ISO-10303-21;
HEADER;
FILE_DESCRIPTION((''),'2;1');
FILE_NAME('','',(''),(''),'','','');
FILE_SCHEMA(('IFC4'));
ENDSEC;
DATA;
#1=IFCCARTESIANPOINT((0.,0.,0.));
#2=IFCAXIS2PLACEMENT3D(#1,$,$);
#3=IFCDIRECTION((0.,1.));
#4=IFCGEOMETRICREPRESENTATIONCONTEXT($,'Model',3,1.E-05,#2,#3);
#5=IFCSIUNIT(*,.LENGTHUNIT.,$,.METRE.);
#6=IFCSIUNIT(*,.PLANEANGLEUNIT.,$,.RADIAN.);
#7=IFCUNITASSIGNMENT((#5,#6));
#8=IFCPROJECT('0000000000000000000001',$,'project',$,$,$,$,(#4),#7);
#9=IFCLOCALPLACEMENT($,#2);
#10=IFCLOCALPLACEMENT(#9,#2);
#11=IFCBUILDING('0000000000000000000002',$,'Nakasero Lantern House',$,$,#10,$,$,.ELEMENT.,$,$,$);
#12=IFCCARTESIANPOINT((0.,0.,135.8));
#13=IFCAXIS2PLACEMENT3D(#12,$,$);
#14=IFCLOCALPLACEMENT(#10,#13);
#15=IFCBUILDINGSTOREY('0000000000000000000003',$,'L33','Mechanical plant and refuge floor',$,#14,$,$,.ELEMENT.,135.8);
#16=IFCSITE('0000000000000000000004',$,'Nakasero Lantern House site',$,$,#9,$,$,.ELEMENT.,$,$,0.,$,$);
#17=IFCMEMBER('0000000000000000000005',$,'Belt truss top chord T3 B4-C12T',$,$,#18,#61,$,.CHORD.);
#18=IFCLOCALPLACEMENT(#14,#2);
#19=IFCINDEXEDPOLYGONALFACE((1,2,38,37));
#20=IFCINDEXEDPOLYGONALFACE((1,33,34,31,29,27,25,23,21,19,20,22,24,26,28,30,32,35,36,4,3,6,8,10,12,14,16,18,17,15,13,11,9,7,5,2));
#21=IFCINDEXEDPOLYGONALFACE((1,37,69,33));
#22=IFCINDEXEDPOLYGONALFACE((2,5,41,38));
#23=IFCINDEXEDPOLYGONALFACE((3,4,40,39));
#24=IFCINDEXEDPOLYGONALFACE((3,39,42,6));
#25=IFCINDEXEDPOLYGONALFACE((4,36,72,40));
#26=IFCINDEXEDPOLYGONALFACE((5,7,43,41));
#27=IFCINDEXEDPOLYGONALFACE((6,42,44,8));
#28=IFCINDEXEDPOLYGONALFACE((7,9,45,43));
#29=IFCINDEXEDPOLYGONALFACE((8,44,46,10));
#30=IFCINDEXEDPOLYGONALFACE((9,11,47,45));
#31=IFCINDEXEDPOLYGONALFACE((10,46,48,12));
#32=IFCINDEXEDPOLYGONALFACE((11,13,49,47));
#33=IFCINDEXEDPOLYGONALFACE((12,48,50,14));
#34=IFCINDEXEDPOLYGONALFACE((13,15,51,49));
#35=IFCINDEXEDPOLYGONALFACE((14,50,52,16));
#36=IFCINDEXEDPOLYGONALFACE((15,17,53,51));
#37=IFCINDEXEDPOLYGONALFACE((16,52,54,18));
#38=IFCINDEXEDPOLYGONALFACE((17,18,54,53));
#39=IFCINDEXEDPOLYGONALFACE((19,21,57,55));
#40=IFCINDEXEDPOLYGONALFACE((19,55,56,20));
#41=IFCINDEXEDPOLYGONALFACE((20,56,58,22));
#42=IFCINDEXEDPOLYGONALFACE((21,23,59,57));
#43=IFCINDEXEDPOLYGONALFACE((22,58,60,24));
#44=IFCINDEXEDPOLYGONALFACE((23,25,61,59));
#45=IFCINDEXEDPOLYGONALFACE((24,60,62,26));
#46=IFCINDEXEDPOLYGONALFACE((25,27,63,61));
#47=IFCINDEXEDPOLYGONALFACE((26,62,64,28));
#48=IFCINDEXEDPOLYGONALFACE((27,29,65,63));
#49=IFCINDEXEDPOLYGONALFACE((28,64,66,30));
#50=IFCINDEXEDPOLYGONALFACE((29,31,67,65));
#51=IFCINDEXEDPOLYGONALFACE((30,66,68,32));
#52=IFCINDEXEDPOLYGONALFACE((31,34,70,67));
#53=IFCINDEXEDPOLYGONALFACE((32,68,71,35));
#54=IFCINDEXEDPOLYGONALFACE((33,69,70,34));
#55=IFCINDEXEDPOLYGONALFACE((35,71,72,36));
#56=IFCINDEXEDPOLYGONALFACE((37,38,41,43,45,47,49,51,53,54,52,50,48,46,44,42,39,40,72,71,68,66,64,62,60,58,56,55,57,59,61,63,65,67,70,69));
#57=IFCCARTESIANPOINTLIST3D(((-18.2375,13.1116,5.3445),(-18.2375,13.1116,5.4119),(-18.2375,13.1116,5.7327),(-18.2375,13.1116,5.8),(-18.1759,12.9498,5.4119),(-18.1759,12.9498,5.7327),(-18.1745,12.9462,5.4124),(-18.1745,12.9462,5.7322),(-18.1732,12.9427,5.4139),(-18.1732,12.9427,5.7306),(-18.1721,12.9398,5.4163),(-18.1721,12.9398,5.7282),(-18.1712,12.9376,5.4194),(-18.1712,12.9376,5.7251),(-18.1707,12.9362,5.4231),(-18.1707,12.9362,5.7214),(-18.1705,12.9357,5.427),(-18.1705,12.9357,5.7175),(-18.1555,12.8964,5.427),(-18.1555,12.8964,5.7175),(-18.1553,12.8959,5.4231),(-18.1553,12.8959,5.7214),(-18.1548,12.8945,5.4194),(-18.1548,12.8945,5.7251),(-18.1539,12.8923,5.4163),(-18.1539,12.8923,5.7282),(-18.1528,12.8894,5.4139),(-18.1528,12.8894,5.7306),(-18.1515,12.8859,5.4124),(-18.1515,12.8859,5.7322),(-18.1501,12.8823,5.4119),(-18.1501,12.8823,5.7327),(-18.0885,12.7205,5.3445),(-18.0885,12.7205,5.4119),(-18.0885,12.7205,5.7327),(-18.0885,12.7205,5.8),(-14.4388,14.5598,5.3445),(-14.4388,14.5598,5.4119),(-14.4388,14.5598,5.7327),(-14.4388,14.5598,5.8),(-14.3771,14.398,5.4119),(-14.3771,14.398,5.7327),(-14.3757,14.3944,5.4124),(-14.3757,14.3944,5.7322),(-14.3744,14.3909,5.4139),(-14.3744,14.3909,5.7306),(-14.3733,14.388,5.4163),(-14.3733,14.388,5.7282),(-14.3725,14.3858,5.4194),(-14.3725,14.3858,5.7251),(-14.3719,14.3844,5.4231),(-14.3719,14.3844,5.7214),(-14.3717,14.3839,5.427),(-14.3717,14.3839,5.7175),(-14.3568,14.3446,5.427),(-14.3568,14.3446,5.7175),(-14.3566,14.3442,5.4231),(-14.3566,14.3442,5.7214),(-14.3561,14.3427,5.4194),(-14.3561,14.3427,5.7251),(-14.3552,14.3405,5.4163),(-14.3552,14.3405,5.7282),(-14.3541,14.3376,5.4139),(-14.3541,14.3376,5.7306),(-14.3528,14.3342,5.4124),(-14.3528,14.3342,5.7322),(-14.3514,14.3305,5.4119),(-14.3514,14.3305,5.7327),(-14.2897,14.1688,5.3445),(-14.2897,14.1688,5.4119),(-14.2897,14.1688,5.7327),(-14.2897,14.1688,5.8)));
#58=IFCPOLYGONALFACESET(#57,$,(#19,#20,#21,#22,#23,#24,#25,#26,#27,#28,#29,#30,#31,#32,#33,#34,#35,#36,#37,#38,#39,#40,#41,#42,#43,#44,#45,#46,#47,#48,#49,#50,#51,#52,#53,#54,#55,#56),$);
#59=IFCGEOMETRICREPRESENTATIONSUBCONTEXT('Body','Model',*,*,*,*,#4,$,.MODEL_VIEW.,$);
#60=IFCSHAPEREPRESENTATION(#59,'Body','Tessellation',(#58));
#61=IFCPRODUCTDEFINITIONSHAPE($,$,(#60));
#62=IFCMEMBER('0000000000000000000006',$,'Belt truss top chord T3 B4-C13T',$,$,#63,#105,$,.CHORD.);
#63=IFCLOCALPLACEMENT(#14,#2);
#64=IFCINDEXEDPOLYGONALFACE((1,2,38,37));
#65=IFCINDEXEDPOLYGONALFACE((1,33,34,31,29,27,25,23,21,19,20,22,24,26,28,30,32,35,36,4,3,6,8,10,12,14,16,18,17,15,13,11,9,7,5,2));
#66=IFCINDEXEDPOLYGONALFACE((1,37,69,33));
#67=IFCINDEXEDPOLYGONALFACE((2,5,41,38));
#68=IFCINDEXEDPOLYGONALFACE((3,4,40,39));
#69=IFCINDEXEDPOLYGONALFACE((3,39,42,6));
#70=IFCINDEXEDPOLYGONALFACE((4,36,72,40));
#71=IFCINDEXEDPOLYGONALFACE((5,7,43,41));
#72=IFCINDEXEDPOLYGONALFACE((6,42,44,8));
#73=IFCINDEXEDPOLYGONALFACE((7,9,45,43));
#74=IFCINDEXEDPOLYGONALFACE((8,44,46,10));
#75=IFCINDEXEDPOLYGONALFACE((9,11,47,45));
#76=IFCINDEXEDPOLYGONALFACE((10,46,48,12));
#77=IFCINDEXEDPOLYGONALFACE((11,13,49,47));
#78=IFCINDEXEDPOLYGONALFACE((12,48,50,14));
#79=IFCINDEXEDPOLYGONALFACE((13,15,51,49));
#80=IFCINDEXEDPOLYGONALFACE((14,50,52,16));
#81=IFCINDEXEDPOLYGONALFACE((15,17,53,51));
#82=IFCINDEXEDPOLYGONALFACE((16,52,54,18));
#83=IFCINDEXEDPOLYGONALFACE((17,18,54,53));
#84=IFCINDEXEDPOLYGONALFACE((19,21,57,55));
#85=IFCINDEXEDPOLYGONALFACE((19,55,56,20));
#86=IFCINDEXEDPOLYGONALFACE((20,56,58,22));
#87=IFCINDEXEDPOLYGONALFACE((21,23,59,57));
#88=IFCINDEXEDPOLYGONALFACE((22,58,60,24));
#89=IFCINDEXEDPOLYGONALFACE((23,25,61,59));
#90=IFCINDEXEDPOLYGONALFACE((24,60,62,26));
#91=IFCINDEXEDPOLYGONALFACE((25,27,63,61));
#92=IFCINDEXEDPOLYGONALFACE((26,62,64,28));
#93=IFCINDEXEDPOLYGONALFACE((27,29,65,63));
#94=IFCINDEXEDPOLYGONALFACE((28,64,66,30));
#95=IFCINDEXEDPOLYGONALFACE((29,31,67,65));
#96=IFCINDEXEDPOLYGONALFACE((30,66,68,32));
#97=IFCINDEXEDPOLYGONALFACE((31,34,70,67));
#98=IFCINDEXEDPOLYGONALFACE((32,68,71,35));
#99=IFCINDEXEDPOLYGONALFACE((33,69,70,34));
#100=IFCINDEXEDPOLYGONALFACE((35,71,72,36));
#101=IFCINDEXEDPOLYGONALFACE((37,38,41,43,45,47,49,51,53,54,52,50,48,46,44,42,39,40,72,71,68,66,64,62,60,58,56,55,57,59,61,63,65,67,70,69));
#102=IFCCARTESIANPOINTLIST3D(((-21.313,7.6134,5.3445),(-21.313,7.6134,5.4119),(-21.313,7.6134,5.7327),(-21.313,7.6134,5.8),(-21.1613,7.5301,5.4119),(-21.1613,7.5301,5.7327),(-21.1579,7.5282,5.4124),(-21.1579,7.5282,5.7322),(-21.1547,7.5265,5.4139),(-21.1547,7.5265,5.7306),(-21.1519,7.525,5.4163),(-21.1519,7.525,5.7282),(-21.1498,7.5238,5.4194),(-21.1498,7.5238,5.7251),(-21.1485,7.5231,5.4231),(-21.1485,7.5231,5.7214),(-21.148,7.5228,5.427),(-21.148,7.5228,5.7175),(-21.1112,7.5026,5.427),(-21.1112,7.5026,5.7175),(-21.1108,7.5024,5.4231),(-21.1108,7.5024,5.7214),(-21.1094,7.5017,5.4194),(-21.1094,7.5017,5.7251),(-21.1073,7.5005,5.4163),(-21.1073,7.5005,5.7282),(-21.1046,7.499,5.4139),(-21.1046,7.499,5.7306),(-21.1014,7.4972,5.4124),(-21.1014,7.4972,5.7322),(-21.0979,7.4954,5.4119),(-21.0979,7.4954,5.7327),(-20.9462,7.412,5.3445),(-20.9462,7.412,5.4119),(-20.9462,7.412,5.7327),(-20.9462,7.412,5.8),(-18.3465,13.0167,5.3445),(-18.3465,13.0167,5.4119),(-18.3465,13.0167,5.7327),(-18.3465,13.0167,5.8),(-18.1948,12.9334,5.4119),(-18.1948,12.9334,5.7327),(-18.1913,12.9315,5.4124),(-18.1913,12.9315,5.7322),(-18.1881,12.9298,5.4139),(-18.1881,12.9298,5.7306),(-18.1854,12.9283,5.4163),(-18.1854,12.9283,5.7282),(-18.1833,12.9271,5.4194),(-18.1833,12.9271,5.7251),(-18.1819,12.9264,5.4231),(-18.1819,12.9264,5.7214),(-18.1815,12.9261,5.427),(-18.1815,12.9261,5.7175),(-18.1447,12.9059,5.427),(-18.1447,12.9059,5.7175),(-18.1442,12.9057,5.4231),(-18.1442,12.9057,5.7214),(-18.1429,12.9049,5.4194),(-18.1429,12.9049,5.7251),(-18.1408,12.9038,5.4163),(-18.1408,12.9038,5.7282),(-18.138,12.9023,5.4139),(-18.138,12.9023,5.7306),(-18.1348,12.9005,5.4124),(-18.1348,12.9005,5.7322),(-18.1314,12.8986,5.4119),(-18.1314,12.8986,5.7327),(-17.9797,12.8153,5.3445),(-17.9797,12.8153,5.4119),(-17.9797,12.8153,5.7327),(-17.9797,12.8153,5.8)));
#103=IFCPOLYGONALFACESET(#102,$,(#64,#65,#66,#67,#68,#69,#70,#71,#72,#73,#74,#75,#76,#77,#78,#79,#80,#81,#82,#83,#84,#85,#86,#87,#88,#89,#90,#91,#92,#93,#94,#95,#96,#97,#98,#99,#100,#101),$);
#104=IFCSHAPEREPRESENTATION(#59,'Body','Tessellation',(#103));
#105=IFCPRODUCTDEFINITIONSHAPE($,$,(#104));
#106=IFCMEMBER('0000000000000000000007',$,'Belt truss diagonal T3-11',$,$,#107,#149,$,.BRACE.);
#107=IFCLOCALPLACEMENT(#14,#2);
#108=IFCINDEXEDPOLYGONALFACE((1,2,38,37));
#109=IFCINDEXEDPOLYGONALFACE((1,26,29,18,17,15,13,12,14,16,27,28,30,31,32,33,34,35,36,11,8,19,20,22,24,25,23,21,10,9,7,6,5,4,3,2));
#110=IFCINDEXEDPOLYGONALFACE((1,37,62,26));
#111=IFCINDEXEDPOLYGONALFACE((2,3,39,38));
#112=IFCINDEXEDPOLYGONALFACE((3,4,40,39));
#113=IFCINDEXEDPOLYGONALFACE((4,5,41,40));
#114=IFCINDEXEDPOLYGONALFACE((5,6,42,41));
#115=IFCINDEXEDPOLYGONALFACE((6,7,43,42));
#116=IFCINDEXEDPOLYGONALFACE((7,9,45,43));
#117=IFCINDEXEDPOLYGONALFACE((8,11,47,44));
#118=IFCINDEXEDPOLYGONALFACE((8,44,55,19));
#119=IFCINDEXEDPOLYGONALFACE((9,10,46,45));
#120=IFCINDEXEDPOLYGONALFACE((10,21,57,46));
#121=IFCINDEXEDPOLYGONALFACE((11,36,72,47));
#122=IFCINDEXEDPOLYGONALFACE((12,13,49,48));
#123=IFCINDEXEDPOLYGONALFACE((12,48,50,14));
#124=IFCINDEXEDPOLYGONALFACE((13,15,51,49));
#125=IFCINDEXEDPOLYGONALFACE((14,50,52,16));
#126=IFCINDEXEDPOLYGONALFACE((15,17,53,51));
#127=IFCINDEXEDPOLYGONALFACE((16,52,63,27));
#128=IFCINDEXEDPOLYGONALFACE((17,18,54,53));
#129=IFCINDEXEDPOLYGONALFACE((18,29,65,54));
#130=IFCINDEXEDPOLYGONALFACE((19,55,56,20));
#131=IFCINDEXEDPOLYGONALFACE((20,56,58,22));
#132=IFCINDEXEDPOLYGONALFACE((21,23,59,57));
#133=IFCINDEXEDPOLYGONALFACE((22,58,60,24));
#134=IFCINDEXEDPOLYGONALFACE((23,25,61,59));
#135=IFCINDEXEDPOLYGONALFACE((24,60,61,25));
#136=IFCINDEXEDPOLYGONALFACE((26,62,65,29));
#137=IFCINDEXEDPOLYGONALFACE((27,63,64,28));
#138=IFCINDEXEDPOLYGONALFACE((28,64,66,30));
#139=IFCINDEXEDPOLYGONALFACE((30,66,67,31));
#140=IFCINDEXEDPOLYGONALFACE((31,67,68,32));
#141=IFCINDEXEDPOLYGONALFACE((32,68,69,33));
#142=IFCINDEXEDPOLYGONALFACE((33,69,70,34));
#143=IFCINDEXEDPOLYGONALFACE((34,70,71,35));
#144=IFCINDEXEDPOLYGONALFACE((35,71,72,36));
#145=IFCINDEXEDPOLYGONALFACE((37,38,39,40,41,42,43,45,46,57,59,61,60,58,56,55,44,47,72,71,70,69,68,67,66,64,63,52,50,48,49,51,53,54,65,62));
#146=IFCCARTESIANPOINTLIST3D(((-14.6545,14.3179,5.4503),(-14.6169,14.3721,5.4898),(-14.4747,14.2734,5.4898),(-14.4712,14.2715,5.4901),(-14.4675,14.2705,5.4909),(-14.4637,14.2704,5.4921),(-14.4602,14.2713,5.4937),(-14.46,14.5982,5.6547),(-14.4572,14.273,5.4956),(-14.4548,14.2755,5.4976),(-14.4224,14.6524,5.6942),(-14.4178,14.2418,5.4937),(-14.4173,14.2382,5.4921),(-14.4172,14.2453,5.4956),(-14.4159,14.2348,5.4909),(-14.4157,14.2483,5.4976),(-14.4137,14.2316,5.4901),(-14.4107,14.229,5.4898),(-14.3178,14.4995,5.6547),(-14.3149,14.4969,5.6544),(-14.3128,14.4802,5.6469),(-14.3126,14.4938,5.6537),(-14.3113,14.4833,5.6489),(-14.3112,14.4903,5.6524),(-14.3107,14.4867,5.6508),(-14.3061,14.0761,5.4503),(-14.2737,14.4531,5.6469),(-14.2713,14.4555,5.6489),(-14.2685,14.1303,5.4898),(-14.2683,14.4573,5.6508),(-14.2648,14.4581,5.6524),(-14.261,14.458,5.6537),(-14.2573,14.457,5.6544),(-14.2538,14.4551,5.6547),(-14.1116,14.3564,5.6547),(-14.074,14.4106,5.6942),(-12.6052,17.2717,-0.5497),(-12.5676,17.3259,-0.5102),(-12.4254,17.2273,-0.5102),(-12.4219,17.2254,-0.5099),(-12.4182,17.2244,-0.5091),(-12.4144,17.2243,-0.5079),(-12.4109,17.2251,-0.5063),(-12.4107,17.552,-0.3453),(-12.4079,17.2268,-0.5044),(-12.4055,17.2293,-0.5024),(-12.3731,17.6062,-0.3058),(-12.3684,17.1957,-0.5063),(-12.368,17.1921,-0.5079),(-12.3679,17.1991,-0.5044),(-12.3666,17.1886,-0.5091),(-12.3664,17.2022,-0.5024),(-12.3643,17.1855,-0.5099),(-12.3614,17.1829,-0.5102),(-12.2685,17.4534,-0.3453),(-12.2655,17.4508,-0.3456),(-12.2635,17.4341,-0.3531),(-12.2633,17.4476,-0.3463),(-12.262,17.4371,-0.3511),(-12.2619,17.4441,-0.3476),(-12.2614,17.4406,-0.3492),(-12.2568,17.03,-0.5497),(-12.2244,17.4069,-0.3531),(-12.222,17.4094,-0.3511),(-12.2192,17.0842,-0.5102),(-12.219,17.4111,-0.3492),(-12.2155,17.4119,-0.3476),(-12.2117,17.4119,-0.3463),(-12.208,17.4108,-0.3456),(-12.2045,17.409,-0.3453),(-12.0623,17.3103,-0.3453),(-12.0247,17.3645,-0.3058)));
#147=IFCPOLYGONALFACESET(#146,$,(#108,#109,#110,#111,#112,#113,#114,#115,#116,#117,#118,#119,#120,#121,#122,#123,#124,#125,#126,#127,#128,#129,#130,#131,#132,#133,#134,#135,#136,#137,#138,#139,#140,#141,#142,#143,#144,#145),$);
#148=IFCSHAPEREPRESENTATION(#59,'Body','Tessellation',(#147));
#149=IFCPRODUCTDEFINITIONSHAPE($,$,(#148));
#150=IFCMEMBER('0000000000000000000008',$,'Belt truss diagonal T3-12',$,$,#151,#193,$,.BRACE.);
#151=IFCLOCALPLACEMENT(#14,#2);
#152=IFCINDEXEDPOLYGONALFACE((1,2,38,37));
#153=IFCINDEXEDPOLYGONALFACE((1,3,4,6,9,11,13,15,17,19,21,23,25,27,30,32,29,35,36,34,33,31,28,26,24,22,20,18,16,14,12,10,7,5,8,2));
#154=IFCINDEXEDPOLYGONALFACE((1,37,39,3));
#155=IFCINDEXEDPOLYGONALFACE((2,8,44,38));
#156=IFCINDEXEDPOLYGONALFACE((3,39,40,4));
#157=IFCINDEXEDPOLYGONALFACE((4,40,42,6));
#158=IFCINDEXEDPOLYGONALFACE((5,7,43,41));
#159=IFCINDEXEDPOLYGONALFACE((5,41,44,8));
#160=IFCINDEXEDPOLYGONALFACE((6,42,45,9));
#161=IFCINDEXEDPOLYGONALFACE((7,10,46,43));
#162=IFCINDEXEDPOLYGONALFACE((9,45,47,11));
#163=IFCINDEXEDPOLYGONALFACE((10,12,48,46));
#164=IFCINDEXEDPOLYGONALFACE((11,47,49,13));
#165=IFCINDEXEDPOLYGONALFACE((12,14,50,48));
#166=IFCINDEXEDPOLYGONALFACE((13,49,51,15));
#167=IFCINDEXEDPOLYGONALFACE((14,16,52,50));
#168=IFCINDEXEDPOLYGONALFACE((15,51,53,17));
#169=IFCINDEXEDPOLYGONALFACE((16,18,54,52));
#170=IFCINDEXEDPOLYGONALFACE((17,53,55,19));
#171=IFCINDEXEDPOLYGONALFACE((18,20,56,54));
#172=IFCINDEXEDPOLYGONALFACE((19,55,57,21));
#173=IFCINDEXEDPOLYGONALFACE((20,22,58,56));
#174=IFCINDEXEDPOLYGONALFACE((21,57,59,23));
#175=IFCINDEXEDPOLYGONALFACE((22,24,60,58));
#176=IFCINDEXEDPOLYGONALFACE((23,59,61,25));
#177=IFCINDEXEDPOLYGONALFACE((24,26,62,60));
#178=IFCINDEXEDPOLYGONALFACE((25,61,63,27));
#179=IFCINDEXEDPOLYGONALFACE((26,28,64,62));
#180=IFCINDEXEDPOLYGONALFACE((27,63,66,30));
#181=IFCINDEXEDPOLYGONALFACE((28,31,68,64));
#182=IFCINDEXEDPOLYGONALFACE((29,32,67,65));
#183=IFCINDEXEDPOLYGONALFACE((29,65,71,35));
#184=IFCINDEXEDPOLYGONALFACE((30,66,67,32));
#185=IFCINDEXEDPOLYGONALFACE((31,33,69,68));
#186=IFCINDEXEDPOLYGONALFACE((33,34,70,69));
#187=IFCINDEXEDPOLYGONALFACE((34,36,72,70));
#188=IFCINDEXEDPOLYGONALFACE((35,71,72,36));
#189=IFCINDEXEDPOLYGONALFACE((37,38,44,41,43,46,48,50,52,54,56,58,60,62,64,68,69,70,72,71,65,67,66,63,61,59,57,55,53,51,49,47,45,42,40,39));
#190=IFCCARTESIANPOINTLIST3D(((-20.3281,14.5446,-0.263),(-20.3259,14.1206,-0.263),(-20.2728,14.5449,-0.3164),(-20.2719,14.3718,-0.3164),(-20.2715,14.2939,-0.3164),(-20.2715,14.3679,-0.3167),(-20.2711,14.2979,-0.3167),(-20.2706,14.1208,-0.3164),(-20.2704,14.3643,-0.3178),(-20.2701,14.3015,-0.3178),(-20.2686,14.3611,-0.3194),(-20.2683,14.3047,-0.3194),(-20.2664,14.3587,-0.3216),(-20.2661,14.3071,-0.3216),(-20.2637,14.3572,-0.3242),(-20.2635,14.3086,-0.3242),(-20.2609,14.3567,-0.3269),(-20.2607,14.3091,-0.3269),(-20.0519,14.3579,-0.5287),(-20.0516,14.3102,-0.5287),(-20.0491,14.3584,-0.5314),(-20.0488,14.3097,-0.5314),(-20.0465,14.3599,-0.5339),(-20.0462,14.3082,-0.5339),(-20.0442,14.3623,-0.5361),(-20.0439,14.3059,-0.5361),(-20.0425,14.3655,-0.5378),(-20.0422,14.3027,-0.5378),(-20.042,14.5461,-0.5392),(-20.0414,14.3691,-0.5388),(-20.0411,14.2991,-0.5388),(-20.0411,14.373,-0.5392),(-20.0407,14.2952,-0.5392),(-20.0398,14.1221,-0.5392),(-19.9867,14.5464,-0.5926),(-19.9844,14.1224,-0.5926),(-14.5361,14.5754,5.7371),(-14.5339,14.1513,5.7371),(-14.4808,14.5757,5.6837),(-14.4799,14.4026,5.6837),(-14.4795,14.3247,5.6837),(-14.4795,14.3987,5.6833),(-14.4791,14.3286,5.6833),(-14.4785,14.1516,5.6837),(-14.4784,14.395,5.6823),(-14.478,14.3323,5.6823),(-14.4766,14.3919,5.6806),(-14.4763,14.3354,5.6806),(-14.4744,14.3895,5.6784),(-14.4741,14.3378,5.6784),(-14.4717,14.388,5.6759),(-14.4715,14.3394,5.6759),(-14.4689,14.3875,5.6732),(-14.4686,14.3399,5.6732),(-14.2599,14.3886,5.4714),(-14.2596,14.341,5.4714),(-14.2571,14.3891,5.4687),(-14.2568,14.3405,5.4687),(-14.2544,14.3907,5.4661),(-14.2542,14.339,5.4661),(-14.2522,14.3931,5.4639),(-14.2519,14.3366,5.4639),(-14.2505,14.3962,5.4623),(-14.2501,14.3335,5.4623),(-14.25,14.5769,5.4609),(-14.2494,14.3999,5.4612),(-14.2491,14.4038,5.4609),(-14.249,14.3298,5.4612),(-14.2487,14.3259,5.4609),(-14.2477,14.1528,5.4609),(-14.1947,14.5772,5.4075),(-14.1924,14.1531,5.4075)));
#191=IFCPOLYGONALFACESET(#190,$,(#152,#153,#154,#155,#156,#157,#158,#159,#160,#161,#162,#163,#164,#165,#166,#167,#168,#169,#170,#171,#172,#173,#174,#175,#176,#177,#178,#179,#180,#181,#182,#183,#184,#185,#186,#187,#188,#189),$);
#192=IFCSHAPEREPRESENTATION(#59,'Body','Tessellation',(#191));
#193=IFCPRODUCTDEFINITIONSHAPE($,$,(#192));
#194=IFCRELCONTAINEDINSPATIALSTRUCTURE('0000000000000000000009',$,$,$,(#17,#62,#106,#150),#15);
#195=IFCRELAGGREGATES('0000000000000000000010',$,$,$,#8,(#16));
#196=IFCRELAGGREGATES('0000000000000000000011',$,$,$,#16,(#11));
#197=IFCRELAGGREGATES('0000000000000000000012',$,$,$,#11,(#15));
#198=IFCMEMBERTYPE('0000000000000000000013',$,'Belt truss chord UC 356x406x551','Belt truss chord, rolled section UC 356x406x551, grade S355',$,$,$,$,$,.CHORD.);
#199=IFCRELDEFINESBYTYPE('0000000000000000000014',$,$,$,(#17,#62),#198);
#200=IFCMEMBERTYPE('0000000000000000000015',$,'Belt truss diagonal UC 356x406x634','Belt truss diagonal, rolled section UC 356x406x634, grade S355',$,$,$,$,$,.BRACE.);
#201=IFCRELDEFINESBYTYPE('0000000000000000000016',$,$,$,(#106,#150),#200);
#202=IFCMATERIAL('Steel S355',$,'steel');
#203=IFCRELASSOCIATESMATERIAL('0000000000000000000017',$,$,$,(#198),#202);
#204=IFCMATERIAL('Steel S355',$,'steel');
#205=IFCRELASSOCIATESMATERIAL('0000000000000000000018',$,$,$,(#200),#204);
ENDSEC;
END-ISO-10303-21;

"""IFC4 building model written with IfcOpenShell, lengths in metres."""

from ifc_helpers import new_model, si_unit, direction, frame, origin, origin_2d, place, context, subcontext, project, spatial, i_section, extrude, material, material_profile, profile_set, type_object, element, save


model = new_model("IFC4")

# Units and contexts
model_context = context("Model", 3, precision=1e-05, world=origin(), true_north=direction((0.0, 1.0)))
body_context = subcontext(model_context, "Body", "Model", "MODEL_VIEW")
ifc_project = project(units=[si_unit("LENGTHUNIT", "METRE"), si_unit("PLANEANGLEUNIT", "RADIAN")], contexts=[model_context])

# Site, building, storey
site_placement = place(None, origin())
site = spatial("IfcSite", under=ifc_project, at=site_placement, Name="Nakasero Lantern House site", CompositionType="ELEMENT", RefElevation=0.0)
building_placement = place(site_placement, origin())
building = spatial("IfcBuilding", under=site, at=building_placement, Name="Nakasero Lantern House", CompositionType="ELEMENT")
storey_placement = place(building_placement, frame((0.0, 0.0, 135.8)))
storey = spatial("IfcBuildingStorey", under=building, at=storey_placement, Name="L33", Description="Mechanical plant and refuge floor", CompositionType="ELEMENT", Elevation=135.8)

# Members
ifc_material_1 = material(Name="Steel S355", Category="steel")
ifc_material_profile_1 = material_profile(ifc_material_1, i_section(OverallWidth=0.4185, OverallDepth=0.4556, WebThickness=0.042, FlangeThickness=0.0674, FilletRadius=0.0151, at=origin_2d()), Name="UC 356x406x551")
ifc_profile_set_1 = profile_set([ifc_material_profile_1], Name="Steel S355")
member_type_1 = type_object("IfcMemberType", Name="Belt truss chord UC 356x406x551", Description="Belt truss chord, rolled section UC 356x406x551, grade S355", PredefinedType="CHORD", material=ifc_profile_set_1)
member_1_placement = place(storey_placement, frame((-14.3643, 14.3643, 5.5723), z_axis=(-0.9344, -0.356225, 0.0), x_axis=(0.356225, -0.9344, 0.0)))
element("IfcMember", 1, at=member_1_placement, inside=storey, type_object=member_type_1, Name="Belt truss top chord T3 B4-C12T", PredefinedType="CHORD", context=body_context, shape_type="SweptSolid", body=[
    extrude(i_section(OverallWidth=0.4185, OverallDepth=0.4556, WebThickness=0.042, FlangeThickness=0.0674, FilletRadius=0.0151, at=origin_2d()), origin(), (0.0, 0.0, 1.0), 4.0654),
])
member_2_placement = place(storey_placement, frame((-18.1631, 12.916, 5.5723), z_axis=(-0.481262, -0.876577, 0.0), x_axis=(0.876577, -0.481262, 0.0)))
element("IfcMember", 2, at=member_2_placement, inside=storey, type_object=member_type_1, Name="Belt truss top chord T3 B4-C13T", PredefinedType="CHORD", context=body_context, shape_type="SweptSolid", body=[
    extrude(i_section(OverallWidth=0.4185, OverallDepth=0.4556, WebThickness=0.042, FlangeThickness=0.0674, FilletRadius=0.0151, at=origin_2d()), origin(), (0.0, 0.0, 1.0), 6.1641),
])
ifc_material_2 = material(Name="Steel S355", Category="steel")
ifc_material_profile_2 = material_profile(ifc_material_2, i_section(OverallWidth=0.4241, OverallDepth=0.4746, WebThickness=0.0476, FlangeThickness=0.0769, FilletRadius=0.0151, at=origin_2d()), Name="UC 356x406x634")
ifc_profile_set_2 = profile_set([ifc_material_profile_2], Name="Steel S355")
member_type_2 = type_object("IfcMemberType", Name="Belt truss diagonal UC 356x406x634", Description="Belt truss diagonal, rolled section UC 356x406x634, grade S355", PredefinedType="BRACE", material=ifc_profile_set_2)
member_3_placement = place(storey_placement, frame((-12.3149, 17.3181, -0.4277), z_axis=(-0.292984, -0.422303, 0.8578), x_axis=(0.821627, -0.570025, 0.0)))
element("IfcMember", 3, at=member_3_placement, inside=storey, type_object=member_type_2, Name="Belt truss diagonal T3-11", PredefinedType="BRACE", context=body_context, shape_type="SweptSolid", body=[
    extrude(i_section(OverallWidth=0.4241, OverallDepth=0.4746, WebThickness=0.0476, FlangeThickness=0.0769, FilletRadius=0.0151, at=origin_2d()), origin(), (0.0, 0.0, 1.0), 6.9946),
])
member_4_placement = place(storey_placement, frame((-14.3643, 14.3643, 5.5723), z_axis=(-0.694521, -0.003689, -0.719463), x_axis=(0.005311, -0.999986, 0.0)))
element("IfcMember", 4, at=member_4_placement, inside=storey, type_object=member_type_2, Name="Belt truss diagonal T3-12", PredefinedType="BRACE", context=body_context, shape_type="SweptSolid", body=[
    extrude(i_section(OverallWidth=0.4241, OverallDepth=0.4746, WebThickness=0.0476, FlangeThickness=0.0769, FilletRadius=0.0151, at=origin_2d()), origin(), (0.0, 0.0, 1.0), 8.3396),
])

save(model, "model.ifc")
